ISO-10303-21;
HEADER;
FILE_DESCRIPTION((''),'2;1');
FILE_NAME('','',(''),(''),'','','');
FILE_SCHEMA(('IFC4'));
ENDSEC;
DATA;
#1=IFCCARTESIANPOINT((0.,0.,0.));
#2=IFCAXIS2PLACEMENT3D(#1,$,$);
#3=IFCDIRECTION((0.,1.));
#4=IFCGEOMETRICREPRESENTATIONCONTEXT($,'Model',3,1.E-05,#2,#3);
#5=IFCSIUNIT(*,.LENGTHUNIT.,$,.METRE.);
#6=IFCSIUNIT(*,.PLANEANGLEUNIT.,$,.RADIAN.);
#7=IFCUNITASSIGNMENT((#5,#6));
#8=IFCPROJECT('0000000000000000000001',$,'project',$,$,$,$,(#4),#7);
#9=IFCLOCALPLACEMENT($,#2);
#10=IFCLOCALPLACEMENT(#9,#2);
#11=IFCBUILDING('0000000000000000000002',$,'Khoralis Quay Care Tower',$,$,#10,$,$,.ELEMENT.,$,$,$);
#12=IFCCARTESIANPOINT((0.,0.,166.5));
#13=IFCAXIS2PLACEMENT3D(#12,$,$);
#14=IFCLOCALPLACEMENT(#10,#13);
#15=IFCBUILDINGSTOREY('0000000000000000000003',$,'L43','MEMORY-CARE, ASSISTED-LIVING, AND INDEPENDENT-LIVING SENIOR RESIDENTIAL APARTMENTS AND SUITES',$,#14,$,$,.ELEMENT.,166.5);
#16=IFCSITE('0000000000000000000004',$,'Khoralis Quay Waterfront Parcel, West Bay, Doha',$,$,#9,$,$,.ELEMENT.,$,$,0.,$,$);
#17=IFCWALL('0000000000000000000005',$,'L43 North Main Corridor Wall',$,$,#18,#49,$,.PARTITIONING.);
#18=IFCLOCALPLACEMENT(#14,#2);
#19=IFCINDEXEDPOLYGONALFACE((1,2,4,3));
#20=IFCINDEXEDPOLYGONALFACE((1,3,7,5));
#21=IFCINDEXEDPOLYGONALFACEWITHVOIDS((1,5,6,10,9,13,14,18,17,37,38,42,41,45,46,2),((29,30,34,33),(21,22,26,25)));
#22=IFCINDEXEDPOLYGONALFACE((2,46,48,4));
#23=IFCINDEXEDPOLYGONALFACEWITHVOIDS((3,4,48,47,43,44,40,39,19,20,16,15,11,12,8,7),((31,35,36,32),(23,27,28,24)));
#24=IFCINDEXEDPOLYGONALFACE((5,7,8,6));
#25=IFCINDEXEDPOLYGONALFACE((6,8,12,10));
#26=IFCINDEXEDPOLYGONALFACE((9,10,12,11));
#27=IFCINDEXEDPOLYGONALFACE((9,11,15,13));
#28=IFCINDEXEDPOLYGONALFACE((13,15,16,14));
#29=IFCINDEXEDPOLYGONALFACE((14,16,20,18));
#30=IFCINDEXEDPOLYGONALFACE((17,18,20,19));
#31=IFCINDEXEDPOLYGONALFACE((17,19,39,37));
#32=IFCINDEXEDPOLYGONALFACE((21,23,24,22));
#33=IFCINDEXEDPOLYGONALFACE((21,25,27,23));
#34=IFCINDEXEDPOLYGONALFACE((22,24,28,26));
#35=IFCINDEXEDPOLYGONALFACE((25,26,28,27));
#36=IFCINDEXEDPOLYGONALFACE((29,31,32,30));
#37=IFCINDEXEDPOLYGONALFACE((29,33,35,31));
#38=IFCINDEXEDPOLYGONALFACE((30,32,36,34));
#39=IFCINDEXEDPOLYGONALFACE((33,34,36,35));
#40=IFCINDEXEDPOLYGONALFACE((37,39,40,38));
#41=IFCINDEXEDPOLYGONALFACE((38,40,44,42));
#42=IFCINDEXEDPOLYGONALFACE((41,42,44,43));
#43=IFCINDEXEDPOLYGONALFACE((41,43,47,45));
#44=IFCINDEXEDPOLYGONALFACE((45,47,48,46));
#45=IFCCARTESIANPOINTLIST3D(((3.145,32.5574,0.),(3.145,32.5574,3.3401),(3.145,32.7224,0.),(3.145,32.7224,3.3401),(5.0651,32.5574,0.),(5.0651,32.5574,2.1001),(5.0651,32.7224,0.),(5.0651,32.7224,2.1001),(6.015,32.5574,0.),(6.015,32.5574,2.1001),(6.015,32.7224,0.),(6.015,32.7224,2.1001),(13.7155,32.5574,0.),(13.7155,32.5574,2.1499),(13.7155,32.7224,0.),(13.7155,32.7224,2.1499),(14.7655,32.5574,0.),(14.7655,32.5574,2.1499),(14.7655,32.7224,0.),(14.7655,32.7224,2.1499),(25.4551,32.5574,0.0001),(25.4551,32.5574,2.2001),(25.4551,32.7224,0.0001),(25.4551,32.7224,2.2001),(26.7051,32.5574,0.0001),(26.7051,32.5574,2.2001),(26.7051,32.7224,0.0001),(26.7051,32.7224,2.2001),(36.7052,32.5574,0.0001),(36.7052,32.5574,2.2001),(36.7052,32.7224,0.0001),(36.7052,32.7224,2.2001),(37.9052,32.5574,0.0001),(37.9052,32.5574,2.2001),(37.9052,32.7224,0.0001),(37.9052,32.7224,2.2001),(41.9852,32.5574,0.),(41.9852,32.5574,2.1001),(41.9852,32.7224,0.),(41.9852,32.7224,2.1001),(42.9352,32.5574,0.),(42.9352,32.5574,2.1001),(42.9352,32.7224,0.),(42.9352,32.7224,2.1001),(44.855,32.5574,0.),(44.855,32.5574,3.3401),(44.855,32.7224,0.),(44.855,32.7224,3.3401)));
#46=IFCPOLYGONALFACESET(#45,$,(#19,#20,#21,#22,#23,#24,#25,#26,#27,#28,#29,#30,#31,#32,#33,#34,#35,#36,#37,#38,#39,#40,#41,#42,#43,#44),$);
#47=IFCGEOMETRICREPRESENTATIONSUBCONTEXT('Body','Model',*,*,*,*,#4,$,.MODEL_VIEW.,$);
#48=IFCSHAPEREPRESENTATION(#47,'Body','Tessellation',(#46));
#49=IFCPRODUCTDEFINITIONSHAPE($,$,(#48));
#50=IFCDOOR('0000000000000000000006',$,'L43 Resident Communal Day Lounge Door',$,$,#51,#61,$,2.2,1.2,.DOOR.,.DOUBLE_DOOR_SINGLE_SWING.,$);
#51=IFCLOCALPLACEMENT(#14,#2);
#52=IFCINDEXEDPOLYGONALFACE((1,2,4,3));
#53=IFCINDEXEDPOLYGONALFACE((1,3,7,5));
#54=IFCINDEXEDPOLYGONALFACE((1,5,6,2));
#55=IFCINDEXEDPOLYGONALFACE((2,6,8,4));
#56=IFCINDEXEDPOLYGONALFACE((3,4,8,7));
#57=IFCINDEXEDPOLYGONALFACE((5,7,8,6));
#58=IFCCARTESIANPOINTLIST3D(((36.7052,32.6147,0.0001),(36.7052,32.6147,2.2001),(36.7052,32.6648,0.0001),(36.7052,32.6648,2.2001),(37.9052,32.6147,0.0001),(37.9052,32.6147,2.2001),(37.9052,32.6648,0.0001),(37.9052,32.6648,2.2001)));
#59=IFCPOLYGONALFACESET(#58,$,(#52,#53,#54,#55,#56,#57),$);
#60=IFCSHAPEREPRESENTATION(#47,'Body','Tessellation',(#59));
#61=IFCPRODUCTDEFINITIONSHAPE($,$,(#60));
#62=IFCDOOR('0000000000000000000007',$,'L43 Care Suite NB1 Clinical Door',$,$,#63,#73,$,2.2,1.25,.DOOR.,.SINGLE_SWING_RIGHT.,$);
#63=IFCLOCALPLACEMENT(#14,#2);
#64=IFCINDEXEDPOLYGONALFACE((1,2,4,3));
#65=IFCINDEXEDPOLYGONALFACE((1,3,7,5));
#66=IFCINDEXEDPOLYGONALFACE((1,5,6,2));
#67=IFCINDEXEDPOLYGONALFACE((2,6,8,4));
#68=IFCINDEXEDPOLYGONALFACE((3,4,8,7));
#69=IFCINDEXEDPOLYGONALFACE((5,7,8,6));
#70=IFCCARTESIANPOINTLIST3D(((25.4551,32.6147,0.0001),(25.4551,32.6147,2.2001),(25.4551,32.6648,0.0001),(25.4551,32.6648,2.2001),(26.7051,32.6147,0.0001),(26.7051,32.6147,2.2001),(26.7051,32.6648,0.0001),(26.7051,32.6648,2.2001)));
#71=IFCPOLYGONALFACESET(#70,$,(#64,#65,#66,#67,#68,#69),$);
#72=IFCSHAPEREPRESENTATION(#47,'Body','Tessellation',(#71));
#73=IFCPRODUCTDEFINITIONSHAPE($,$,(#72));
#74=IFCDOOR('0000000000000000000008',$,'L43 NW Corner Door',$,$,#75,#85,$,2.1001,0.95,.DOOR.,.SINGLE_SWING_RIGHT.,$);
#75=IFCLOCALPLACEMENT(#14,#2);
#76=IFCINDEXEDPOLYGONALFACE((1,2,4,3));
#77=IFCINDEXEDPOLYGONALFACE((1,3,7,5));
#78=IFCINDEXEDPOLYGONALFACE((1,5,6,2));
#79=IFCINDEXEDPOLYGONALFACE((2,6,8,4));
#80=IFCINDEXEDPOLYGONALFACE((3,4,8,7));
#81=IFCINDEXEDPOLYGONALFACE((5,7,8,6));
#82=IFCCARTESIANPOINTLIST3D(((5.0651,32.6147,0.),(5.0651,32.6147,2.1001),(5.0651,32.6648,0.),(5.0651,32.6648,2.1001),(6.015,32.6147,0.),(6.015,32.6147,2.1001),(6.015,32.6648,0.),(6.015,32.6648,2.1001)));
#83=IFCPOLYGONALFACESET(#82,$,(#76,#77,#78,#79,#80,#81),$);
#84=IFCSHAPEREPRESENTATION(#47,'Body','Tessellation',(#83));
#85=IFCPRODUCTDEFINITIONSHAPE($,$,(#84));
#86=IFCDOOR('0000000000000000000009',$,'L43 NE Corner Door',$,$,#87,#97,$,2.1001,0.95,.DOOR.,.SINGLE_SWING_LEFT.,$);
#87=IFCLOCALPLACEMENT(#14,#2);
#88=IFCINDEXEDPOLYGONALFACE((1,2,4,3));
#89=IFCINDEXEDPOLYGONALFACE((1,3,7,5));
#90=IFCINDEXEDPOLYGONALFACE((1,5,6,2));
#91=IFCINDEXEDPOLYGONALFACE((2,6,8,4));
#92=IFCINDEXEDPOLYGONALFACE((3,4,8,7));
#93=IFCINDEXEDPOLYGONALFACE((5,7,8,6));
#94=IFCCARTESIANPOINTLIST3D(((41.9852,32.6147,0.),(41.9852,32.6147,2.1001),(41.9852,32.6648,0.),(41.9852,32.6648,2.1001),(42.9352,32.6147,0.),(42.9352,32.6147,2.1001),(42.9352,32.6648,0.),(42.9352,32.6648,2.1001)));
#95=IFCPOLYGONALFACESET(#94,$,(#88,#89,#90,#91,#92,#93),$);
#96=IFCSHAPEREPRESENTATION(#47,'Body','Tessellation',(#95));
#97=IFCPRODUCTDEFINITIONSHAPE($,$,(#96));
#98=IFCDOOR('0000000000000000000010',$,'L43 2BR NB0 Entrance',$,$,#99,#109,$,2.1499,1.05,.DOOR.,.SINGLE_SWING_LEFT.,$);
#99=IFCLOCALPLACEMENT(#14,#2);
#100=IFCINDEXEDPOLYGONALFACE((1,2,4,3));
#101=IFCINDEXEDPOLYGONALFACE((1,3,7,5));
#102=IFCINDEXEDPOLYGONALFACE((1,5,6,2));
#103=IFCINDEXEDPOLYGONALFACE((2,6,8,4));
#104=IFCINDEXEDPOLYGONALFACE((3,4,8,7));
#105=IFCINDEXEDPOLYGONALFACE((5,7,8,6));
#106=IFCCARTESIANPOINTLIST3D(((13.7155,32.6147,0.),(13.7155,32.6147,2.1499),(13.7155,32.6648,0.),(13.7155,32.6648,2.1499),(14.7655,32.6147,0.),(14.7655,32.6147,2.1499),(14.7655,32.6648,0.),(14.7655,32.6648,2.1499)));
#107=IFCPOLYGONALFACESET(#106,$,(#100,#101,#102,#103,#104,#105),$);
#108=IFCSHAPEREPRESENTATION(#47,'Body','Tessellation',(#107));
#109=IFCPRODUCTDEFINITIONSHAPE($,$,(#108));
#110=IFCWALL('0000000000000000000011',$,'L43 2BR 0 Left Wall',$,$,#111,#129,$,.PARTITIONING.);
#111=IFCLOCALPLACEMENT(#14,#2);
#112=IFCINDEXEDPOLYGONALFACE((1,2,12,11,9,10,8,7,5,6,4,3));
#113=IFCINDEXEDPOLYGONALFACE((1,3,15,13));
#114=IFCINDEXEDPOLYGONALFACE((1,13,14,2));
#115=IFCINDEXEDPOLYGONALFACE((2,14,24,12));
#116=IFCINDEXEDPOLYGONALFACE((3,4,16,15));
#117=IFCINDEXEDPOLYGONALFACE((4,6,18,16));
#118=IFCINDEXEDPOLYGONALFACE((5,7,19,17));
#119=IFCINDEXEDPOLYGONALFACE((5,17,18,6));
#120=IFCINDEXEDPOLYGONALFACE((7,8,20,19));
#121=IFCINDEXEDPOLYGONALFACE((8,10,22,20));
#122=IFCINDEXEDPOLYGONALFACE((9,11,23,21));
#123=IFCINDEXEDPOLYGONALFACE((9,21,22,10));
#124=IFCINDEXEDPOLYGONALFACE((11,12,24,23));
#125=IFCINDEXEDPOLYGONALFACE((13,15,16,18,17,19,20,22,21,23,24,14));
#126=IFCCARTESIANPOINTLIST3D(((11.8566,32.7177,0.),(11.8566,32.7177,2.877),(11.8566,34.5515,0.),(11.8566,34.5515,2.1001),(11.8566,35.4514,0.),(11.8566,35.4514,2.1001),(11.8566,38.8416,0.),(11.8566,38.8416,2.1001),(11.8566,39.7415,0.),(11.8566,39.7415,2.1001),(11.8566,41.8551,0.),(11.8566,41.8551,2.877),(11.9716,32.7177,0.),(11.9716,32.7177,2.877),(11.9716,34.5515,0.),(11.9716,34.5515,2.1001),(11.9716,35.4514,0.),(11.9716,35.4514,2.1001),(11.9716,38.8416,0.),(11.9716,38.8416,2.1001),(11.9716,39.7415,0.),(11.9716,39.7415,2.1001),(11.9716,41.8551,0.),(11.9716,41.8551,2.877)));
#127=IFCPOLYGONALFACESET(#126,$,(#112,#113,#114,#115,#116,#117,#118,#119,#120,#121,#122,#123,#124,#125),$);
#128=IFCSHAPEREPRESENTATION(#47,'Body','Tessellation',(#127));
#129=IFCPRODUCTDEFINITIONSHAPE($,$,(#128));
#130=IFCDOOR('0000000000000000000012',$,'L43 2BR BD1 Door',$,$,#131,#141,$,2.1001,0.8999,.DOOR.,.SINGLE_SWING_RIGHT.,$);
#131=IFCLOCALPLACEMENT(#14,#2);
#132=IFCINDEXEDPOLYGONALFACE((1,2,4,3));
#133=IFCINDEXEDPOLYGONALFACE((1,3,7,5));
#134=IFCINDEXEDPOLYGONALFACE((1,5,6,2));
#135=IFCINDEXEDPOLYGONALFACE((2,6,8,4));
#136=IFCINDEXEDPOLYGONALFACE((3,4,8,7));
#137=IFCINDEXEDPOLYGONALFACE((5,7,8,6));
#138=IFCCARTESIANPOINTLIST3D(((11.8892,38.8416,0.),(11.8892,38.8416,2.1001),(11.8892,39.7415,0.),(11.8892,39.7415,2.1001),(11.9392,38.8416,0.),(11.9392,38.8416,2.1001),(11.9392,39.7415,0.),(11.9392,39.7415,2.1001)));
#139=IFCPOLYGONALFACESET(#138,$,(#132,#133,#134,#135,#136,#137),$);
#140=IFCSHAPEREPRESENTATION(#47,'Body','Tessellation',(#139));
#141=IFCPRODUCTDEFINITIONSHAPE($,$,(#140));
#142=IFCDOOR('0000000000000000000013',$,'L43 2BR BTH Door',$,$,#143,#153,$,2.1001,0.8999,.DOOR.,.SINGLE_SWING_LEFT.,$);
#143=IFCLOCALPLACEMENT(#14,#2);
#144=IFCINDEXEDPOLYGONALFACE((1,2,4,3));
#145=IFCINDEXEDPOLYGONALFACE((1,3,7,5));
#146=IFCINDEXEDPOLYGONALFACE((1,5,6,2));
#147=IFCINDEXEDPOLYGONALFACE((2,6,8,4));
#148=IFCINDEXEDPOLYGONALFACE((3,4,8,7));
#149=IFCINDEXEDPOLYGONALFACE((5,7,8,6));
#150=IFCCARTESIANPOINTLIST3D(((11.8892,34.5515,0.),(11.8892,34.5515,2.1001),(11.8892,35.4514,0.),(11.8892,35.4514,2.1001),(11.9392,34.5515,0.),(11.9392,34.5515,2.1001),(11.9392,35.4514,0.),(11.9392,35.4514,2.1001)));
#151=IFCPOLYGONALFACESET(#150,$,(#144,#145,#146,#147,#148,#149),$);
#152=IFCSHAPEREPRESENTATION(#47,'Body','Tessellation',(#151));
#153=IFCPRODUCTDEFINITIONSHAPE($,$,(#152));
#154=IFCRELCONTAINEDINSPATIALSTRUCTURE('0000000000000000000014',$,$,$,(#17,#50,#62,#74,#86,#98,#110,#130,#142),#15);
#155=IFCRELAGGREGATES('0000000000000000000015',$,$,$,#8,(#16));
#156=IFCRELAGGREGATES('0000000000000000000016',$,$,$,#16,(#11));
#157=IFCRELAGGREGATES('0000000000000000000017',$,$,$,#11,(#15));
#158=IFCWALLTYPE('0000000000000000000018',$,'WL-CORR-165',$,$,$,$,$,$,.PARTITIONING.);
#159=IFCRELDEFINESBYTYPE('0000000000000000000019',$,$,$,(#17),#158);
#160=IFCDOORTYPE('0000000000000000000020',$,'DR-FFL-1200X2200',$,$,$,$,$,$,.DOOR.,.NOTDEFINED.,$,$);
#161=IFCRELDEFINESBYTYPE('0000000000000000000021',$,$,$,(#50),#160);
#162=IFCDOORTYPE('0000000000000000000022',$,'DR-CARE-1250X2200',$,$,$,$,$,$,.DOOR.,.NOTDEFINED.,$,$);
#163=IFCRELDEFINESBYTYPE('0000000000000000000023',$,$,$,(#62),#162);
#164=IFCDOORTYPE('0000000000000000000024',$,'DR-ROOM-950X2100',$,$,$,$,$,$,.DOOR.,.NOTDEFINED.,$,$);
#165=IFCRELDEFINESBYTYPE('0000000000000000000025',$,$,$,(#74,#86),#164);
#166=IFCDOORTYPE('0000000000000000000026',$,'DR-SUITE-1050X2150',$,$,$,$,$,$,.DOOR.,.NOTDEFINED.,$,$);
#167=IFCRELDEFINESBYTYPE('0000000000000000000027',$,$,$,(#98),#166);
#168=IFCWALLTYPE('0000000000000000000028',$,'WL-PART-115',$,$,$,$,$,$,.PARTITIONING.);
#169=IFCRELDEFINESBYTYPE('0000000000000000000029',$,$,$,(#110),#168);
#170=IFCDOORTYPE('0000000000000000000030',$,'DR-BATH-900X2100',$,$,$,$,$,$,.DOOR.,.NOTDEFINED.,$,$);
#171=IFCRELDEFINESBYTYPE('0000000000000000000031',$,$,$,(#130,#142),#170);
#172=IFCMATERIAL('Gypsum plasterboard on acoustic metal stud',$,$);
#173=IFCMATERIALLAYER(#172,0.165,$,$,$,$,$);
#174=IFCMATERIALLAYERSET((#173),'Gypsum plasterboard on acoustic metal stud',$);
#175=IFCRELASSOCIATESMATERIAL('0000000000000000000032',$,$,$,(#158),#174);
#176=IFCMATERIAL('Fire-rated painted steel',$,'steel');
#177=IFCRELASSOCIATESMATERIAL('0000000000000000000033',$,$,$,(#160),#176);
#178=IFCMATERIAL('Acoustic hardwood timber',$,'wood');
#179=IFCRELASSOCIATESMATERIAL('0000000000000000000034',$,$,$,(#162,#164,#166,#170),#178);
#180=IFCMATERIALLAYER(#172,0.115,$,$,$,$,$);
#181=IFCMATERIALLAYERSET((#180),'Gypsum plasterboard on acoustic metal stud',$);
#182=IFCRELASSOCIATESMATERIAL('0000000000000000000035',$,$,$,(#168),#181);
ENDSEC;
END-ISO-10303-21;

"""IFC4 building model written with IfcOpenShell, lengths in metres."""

from ifc_helpers import new_model, si_unit, direction, frame, frame_2d, origin, place, context, subcontext, project, spatial, rectangle, extrude, source, transform, mapped, material, layer, layer_set, type_object, element, fill, save


model = new_model("IFC4")

# Units and contexts
model_context = context("Model", 3, precision=1e-05, world=origin(), true_north=direction((0.0, 1.0)))
body_context = subcontext(model_context, "Body", "Model", "MODEL_VIEW")
ifc_project = project(units=[si_unit("LENGTHUNIT", "METRE"), si_unit("PLANEANGLEUNIT", "RADIAN")], contexts=[model_context])

# Site, building, storey
site_placement = place(None, origin())
site = spatial("IfcSite", under=ifc_project, at=site_placement, Name="Khoralis Quay Waterfront Parcel, West Bay, Doha", CompositionType="ELEMENT", RefElevation=0.0)
building_placement = place(site_placement, origin())
building = spatial("IfcBuilding", under=site, at=building_placement, Name="Khoralis Quay Care Tower", CompositionType="ELEMENT")
storey_placement = place(building_placement, frame((0.0, 0.0, 166.5)))
storey = spatial("IfcBuildingStorey", under=building, at=storey_placement, Name="L43", Description="MEMORY-CARE, ASSISTED-LIVING, AND INDEPENDENT-LIVING SENIOR RESIDENTIAL APARTMENTS AND SUITES", CompositionType="ELEMENT", Elevation=166.5)

# Shared definitions
ifc_material_1 = material(Name="Gypsum plasterboard on acoustic metal stud")
ifc_layer_1 = layer(ifc_material_1, 0.165)
ifc_layer_set_1 = layer_set([ifc_layer_1], Name="Gypsum plasterboard on acoustic metal stud")
wall_type_1 = type_object("IfcWallType", Name="WL-CORR-165", PredefinedType="PARTITIONING", material=ifc_layer_set_1)
ifc_material_2 = material(Name="Fire-rated painted steel", Category="steel")
door_type_1 = type_object("IfcDoorType", Name="DR-FFL-1200X2200", OperationType="NOTDEFINED", PredefinedType="DOOR", material=ifc_material_2)
shared_shape_1 = source(origin(), body_context, "Body", "SweptSolid", [
    extrude(rectangle(XDim=1.2, YDim=2.2, at=frame_2d((0.6001, 1.1001))), frame((0.0, 0.0249, 0.0), z_axis=(0.0, -1.0, 0.0), x_axis=(1.0, 0.0, 0.0)), (0.0, 0.0, 1.0), 0.05),
])

# Walls, openings, doors
wall_1_placement = place(storey_placement, frame((3.145, 32.6399, 0.0), z_axis=(0.0, 0.0, 1.0), x_axis=(1.0, 0.0, 0.0)))
wall_1 = element("IfcWall", 1, at=wall_1_placement, inside=storey, type_object=wall_type_1, Name="L43 North Main Corridor Wall", PredefinedType="PARTITIONING", context=body_context, shape_type="SweptSolid", body=[
    extrude(rectangle(XDim=41.71, YDim=0.165, at=frame_2d((20.855, 0.0))), origin(), (0.0, 0.0, 1.0), 3.3401),
])
opening_1_placement = place(wall_1_placement, frame((10.5706, 0.0, 0.0)))
opening_1 = element("IfcOpeningElement", 2, at=opening_1_placement, cuts=wall_1, PredefinedType="OPENING", context=body_context, shape_type="SweptSolid", body=[
    extrude(rectangle(XDim=1.05, YDim=2.1499, at=frame_2d((0.5249, 1.075))), frame((0.0, 0.0925, 0.0), z_axis=(0.0, -1.0, 0.0), x_axis=(1.0, 0.0, 0.0)), (0.0, 0.0, 1.0), 0.1851),
])
opening_2_placement = place(wall_1_placement, frame((22.3101, 0.0, 0.0)))
opening_2 = element("IfcOpeningElement", 3, at=opening_2_placement, cuts=wall_1, PredefinedType="OPENING", context=body_context, shape_type="SweptSolid", body=[
    extrude(rectangle(XDim=1.25, YDim=2.2, at=frame_2d((0.625, 1.1001))), frame((0.0, 0.0925, 0.0), z_axis=(0.0, -1.0, 0.0), x_axis=(1.0, 0.0, 0.0)), (0.0, 0.0, 1.0), 0.1851),
])
opening_3_placement = place(wall_1_placement, frame((33.5601, 0.0, 0.0)))
opening_3 = element("IfcOpeningElement", 4, at=opening_3_placement, cuts=wall_1, PredefinedType="OPENING", context=body_context, shape_type="SweptSolid", body=[
    extrude(rectangle(XDim=1.2, YDim=2.2, at=frame_2d((0.6001, 1.1001))), frame((0.0, 0.0925, 0.0), z_axis=(0.0, -1.0, 0.0), x_axis=(1.0, 0.0, 0.0)), (0.0, 0.0, 1.0), 0.1851),
])
opening_4_placement = place(wall_1_placement, frame((1.9199, 0.0, 0.0)))
opening_4 = element("IfcOpeningElement", 5, at=opening_4_placement, cuts=wall_1, PredefinedType="OPENING", context=body_context, shape_type="SweptSolid", body=[
    extrude(rectangle(XDim=0.95, YDim=2.1001, at=frame_2d((0.4751, 1.05))), frame((0.0, 0.0925, 0.0), z_axis=(0.0, -1.0, 0.0), x_axis=(1.0, 0.0, 0.0)), (0.0, 0.0, 1.0), 0.1851),
])
opening_5_placement = place(wall_1_placement, frame((38.8401, 0.0, 0.0)))
opening_5 = element("IfcOpeningElement", 6, at=opening_5_placement, cuts=wall_1, PredefinedType="OPENING", context=body_context, shape_type="SweptSolid", body=[
    extrude(rectangle(XDim=0.95, YDim=2.1001, at=frame_2d((0.4751, 1.05))), frame((0.0, 0.0925, 0.0), z_axis=(0.0, -1.0, 0.0), x_axis=(1.0, 0.0, 0.0)), (0.0, 0.0, 1.0), 0.1851),
])
door_1_placement = place(opening_3_placement, origin())
door_1 = element("IfcDoor", 7, at=door_1_placement, inside=storey, type_object=door_type_1, Name="L43 Resident Communal Day Lounge Door", OperationType="DOUBLE_DOOR_SINGLE_SWING", OverallHeight=2.2, OverallWidth=1.2, PredefinedType="DOOR", context=body_context, shape_type="MappedRepresentation", body=[
    mapped(shared_shape_1, transform((0.0, 0.0, 0.0), scale=1.0)),
])
fill(opening_3, door_1)
ifc_material_3 = material(Name="Acoustic hardwood timber", Category="wood")
door_type_2 = type_object("IfcDoorType", Name="DR-CARE-1250X2200", OperationType="NOTDEFINED", PredefinedType="DOOR", material=ifc_material_3)
shared_shape_2 = source(origin(), body_context, "Body", "SweptSolid", [
    extrude(rectangle(XDim=1.25, YDim=2.2, at=frame_2d((0.625, 1.1001))), frame((0.0, 0.0249, 0.0), z_axis=(0.0, -1.0, 0.0), x_axis=(1.0, 0.0, 0.0)), (0.0, 0.0, 1.0), 0.05),
])
door_2_placement = place(opening_2_placement, origin())
door_2 = element("IfcDoor", 8, at=door_2_placement, inside=storey, type_object=door_type_2, Name="L43 Care Suite NB1 Clinical Door", OperationType="SINGLE_SWING_RIGHT", OverallHeight=2.2, OverallWidth=1.25, PredefinedType="DOOR", context=body_context, shape_type="MappedRepresentation", body=[
    mapped(shared_shape_2, transform((0.0, 0.0, 0.0), scale=1.0)),
])
fill(opening_2, door_2)
door_type_3 = type_object("IfcDoorType", Name="DR-ROOM-950X2100", OperationType="NOTDEFINED", PredefinedType="DOOR", material=ifc_material_3)
shared_shape_3 = source(origin(), body_context, "Body", "SweptSolid", [
    extrude(rectangle(XDim=0.95, YDim=2.1001, at=frame_2d((0.4751, 1.05))), frame((0.0, 0.0249, 0.0), z_axis=(0.0, -1.0, 0.0), x_axis=(1.0, 0.0, 0.0)), (0.0, 0.0, 1.0), 0.05),
])
door_3_placement = place(opening_4_placement, origin())
door_3 = element("IfcDoor", 9, at=door_3_placement, inside=storey, type_object=door_type_3, Name="L43 NW Corner Door", OperationType="SINGLE_SWING_RIGHT", OverallHeight=2.1001, OverallWidth=0.95, PredefinedType="DOOR", context=body_context, shape_type="MappedRepresentation", body=[
    mapped(shared_shape_3, transform((0.0, 0.0, 0.0), scale=1.0)),
])
fill(opening_4, door_3)
door_4_placement = place(opening_5_placement, origin())
door_4 = element("IfcDoor", 10, at=door_4_placement, inside=storey, type_object=door_type_3, Name="L43 NE Corner Door", OperationType="SINGLE_SWING_LEFT", OverallHeight=2.1001, OverallWidth=0.95, PredefinedType="DOOR", context=body_context, shape_type="MappedRepresentation", body=[
    mapped(shared_shape_3, transform((0.0, 0.0, 0.0), scale=1.0)),
])
fill(opening_5, door_4)
door_type_4 = type_object("IfcDoorType", Name="DR-SUITE-1050X2150", OperationType="NOTDEFINED", PredefinedType="DOOR", material=ifc_material_3)
shared_shape_4 = source(origin(), body_context, "Body", "SweptSolid", [
    extrude(rectangle(XDim=1.05, YDim=2.1499, at=frame_2d((0.5249, 1.075))), frame((0.0, 0.0249, 0.0), z_axis=(0.0, -1.0, 0.0), x_axis=(1.0, 0.0, 0.0)), (0.0, 0.0, 1.0), 0.05),
])
door_5_placement = place(opening_1_placement, origin())
door_5 = element("IfcDoor", 11, at=door_5_placement, inside=storey, type_object=door_type_4, Name="L43 2BR NB0 Entrance", OperationType="SINGLE_SWING_LEFT", OverallHeight=2.1499, OverallWidth=1.05, PredefinedType="DOOR", context=body_context, shape_type="MappedRepresentation", body=[
    mapped(shared_shape_4, transform((0.0, 0.0, 0.0), scale=1.0)),
])
fill(opening_1, door_5)
ifc_layer_2 = layer(ifc_material_1, 0.115)
ifc_layer_set_2 = layer_set([ifc_layer_2], Name="Gypsum plasterboard on acoustic metal stud")
wall_type_2 = type_object("IfcWallType", Name="WL-PART-115", PredefinedType="PARTITIONING", material=ifc_layer_set_2)
wall_2_placement = place(storey_placement, frame((11.9141, 32.7175, 0.0), z_axis=(0.0, 0.0, 1.0), x_axis=(0.0, 1.0, 0.0)))
wall_2 = element("IfcWall", 12, at=wall_2_placement, inside=storey, type_object=wall_type_2, Name="L43 2BR 0 Left Wall", PredefinedType="PARTITIONING", context=body_context, shape_type="SweptSolid", body=[
    extrude(rectangle(XDim=9.1375, YDim=0.115, at=frame_2d((4.5688, 0.0))), origin(), (0.0, 0.0, 1.0), 2.877),
])
opening_6_placement = place(wall_2_placement, frame((6.124, 0.0, 0.0)))
opening_6 = element("IfcOpeningElement", 13, at=opening_6_placement, cuts=wall_2, PredefinedType="OPENING", context=body_context, shape_type="SweptSolid", body=[
    extrude(rectangle(XDim=0.8999, YDim=2.1001, at=frame_2d((0.45, 1.05))), frame((0.0, 0.0674, 0.0), z_axis=(0.0, -1.0, 0.0), x_axis=(1.0, 0.0, 0.0)), (0.0, 0.0, 1.0), 0.135),
])
opening_7_placement = place(wall_2_placement, frame((1.834, 0.0, 0.0)))
opening_7 = element("IfcOpeningElement", 14, at=opening_7_placement, cuts=wall_2, PredefinedType="OPENING", context=body_context, shape_type="SweptSolid", body=[
    extrude(rectangle(XDim=0.8999, YDim=2.1001, at=frame_2d((0.45, 1.05))), frame((0.0, 0.0674, 0.0), z_axis=(0.0, -1.0, 0.0), x_axis=(1.0, 0.0, 0.0)), (0.0, 0.0, 1.0), 0.135),
])
door_type_5 = type_object("IfcDoorType", Name="DR-BATH-900X2100", OperationType="NOTDEFINED", PredefinedType="DOOR", material=ifc_material_3)
shared_shape_5 = source(origin(), body_context, "Body", "SweptSolid", [
    extrude(rectangle(XDim=0.8999, YDim=2.1001, at=frame_2d((0.45, 1.05))), frame((0.0, 0.0249, 0.0), z_axis=(0.0, -1.0, 0.0), x_axis=(1.0, 0.0, 0.0)), (0.0, 0.0, 1.0), 0.05),
])
door_6_placement = place(opening_6_placement, origin())
door_6 = element("IfcDoor", 15, at=door_6_placement, inside=storey, type_object=door_type_5, Name="L43 2BR BD1 Door", OperationType="SINGLE_SWING_RIGHT", OverallHeight=2.1001, OverallWidth=0.8999, PredefinedType="DOOR", context=body_context, shape_type="MappedRepresentation", body=[
    mapped(shared_shape_5, transform((0.0, 0.0, 0.0), scale=1.0)),
])
fill(opening_6, door_6)
door_7_placement = place(opening_7_placement, origin())
door_7 = element("IfcDoor", 16, at=door_7_placement, inside=storey, type_object=door_type_5, Name="L43 2BR BTH Door", OperationType="SINGLE_SWING_LEFT", OverallHeight=2.1001, OverallWidth=0.8999, PredefinedType="DOOR", context=body_context, shape_type="MappedRepresentation", body=[
    mapped(shared_shape_5, transform((0.0, 0.0, 0.0), scale=1.0)),
])
fill(opening_7, door_7)

save(model, "model.ifc")
